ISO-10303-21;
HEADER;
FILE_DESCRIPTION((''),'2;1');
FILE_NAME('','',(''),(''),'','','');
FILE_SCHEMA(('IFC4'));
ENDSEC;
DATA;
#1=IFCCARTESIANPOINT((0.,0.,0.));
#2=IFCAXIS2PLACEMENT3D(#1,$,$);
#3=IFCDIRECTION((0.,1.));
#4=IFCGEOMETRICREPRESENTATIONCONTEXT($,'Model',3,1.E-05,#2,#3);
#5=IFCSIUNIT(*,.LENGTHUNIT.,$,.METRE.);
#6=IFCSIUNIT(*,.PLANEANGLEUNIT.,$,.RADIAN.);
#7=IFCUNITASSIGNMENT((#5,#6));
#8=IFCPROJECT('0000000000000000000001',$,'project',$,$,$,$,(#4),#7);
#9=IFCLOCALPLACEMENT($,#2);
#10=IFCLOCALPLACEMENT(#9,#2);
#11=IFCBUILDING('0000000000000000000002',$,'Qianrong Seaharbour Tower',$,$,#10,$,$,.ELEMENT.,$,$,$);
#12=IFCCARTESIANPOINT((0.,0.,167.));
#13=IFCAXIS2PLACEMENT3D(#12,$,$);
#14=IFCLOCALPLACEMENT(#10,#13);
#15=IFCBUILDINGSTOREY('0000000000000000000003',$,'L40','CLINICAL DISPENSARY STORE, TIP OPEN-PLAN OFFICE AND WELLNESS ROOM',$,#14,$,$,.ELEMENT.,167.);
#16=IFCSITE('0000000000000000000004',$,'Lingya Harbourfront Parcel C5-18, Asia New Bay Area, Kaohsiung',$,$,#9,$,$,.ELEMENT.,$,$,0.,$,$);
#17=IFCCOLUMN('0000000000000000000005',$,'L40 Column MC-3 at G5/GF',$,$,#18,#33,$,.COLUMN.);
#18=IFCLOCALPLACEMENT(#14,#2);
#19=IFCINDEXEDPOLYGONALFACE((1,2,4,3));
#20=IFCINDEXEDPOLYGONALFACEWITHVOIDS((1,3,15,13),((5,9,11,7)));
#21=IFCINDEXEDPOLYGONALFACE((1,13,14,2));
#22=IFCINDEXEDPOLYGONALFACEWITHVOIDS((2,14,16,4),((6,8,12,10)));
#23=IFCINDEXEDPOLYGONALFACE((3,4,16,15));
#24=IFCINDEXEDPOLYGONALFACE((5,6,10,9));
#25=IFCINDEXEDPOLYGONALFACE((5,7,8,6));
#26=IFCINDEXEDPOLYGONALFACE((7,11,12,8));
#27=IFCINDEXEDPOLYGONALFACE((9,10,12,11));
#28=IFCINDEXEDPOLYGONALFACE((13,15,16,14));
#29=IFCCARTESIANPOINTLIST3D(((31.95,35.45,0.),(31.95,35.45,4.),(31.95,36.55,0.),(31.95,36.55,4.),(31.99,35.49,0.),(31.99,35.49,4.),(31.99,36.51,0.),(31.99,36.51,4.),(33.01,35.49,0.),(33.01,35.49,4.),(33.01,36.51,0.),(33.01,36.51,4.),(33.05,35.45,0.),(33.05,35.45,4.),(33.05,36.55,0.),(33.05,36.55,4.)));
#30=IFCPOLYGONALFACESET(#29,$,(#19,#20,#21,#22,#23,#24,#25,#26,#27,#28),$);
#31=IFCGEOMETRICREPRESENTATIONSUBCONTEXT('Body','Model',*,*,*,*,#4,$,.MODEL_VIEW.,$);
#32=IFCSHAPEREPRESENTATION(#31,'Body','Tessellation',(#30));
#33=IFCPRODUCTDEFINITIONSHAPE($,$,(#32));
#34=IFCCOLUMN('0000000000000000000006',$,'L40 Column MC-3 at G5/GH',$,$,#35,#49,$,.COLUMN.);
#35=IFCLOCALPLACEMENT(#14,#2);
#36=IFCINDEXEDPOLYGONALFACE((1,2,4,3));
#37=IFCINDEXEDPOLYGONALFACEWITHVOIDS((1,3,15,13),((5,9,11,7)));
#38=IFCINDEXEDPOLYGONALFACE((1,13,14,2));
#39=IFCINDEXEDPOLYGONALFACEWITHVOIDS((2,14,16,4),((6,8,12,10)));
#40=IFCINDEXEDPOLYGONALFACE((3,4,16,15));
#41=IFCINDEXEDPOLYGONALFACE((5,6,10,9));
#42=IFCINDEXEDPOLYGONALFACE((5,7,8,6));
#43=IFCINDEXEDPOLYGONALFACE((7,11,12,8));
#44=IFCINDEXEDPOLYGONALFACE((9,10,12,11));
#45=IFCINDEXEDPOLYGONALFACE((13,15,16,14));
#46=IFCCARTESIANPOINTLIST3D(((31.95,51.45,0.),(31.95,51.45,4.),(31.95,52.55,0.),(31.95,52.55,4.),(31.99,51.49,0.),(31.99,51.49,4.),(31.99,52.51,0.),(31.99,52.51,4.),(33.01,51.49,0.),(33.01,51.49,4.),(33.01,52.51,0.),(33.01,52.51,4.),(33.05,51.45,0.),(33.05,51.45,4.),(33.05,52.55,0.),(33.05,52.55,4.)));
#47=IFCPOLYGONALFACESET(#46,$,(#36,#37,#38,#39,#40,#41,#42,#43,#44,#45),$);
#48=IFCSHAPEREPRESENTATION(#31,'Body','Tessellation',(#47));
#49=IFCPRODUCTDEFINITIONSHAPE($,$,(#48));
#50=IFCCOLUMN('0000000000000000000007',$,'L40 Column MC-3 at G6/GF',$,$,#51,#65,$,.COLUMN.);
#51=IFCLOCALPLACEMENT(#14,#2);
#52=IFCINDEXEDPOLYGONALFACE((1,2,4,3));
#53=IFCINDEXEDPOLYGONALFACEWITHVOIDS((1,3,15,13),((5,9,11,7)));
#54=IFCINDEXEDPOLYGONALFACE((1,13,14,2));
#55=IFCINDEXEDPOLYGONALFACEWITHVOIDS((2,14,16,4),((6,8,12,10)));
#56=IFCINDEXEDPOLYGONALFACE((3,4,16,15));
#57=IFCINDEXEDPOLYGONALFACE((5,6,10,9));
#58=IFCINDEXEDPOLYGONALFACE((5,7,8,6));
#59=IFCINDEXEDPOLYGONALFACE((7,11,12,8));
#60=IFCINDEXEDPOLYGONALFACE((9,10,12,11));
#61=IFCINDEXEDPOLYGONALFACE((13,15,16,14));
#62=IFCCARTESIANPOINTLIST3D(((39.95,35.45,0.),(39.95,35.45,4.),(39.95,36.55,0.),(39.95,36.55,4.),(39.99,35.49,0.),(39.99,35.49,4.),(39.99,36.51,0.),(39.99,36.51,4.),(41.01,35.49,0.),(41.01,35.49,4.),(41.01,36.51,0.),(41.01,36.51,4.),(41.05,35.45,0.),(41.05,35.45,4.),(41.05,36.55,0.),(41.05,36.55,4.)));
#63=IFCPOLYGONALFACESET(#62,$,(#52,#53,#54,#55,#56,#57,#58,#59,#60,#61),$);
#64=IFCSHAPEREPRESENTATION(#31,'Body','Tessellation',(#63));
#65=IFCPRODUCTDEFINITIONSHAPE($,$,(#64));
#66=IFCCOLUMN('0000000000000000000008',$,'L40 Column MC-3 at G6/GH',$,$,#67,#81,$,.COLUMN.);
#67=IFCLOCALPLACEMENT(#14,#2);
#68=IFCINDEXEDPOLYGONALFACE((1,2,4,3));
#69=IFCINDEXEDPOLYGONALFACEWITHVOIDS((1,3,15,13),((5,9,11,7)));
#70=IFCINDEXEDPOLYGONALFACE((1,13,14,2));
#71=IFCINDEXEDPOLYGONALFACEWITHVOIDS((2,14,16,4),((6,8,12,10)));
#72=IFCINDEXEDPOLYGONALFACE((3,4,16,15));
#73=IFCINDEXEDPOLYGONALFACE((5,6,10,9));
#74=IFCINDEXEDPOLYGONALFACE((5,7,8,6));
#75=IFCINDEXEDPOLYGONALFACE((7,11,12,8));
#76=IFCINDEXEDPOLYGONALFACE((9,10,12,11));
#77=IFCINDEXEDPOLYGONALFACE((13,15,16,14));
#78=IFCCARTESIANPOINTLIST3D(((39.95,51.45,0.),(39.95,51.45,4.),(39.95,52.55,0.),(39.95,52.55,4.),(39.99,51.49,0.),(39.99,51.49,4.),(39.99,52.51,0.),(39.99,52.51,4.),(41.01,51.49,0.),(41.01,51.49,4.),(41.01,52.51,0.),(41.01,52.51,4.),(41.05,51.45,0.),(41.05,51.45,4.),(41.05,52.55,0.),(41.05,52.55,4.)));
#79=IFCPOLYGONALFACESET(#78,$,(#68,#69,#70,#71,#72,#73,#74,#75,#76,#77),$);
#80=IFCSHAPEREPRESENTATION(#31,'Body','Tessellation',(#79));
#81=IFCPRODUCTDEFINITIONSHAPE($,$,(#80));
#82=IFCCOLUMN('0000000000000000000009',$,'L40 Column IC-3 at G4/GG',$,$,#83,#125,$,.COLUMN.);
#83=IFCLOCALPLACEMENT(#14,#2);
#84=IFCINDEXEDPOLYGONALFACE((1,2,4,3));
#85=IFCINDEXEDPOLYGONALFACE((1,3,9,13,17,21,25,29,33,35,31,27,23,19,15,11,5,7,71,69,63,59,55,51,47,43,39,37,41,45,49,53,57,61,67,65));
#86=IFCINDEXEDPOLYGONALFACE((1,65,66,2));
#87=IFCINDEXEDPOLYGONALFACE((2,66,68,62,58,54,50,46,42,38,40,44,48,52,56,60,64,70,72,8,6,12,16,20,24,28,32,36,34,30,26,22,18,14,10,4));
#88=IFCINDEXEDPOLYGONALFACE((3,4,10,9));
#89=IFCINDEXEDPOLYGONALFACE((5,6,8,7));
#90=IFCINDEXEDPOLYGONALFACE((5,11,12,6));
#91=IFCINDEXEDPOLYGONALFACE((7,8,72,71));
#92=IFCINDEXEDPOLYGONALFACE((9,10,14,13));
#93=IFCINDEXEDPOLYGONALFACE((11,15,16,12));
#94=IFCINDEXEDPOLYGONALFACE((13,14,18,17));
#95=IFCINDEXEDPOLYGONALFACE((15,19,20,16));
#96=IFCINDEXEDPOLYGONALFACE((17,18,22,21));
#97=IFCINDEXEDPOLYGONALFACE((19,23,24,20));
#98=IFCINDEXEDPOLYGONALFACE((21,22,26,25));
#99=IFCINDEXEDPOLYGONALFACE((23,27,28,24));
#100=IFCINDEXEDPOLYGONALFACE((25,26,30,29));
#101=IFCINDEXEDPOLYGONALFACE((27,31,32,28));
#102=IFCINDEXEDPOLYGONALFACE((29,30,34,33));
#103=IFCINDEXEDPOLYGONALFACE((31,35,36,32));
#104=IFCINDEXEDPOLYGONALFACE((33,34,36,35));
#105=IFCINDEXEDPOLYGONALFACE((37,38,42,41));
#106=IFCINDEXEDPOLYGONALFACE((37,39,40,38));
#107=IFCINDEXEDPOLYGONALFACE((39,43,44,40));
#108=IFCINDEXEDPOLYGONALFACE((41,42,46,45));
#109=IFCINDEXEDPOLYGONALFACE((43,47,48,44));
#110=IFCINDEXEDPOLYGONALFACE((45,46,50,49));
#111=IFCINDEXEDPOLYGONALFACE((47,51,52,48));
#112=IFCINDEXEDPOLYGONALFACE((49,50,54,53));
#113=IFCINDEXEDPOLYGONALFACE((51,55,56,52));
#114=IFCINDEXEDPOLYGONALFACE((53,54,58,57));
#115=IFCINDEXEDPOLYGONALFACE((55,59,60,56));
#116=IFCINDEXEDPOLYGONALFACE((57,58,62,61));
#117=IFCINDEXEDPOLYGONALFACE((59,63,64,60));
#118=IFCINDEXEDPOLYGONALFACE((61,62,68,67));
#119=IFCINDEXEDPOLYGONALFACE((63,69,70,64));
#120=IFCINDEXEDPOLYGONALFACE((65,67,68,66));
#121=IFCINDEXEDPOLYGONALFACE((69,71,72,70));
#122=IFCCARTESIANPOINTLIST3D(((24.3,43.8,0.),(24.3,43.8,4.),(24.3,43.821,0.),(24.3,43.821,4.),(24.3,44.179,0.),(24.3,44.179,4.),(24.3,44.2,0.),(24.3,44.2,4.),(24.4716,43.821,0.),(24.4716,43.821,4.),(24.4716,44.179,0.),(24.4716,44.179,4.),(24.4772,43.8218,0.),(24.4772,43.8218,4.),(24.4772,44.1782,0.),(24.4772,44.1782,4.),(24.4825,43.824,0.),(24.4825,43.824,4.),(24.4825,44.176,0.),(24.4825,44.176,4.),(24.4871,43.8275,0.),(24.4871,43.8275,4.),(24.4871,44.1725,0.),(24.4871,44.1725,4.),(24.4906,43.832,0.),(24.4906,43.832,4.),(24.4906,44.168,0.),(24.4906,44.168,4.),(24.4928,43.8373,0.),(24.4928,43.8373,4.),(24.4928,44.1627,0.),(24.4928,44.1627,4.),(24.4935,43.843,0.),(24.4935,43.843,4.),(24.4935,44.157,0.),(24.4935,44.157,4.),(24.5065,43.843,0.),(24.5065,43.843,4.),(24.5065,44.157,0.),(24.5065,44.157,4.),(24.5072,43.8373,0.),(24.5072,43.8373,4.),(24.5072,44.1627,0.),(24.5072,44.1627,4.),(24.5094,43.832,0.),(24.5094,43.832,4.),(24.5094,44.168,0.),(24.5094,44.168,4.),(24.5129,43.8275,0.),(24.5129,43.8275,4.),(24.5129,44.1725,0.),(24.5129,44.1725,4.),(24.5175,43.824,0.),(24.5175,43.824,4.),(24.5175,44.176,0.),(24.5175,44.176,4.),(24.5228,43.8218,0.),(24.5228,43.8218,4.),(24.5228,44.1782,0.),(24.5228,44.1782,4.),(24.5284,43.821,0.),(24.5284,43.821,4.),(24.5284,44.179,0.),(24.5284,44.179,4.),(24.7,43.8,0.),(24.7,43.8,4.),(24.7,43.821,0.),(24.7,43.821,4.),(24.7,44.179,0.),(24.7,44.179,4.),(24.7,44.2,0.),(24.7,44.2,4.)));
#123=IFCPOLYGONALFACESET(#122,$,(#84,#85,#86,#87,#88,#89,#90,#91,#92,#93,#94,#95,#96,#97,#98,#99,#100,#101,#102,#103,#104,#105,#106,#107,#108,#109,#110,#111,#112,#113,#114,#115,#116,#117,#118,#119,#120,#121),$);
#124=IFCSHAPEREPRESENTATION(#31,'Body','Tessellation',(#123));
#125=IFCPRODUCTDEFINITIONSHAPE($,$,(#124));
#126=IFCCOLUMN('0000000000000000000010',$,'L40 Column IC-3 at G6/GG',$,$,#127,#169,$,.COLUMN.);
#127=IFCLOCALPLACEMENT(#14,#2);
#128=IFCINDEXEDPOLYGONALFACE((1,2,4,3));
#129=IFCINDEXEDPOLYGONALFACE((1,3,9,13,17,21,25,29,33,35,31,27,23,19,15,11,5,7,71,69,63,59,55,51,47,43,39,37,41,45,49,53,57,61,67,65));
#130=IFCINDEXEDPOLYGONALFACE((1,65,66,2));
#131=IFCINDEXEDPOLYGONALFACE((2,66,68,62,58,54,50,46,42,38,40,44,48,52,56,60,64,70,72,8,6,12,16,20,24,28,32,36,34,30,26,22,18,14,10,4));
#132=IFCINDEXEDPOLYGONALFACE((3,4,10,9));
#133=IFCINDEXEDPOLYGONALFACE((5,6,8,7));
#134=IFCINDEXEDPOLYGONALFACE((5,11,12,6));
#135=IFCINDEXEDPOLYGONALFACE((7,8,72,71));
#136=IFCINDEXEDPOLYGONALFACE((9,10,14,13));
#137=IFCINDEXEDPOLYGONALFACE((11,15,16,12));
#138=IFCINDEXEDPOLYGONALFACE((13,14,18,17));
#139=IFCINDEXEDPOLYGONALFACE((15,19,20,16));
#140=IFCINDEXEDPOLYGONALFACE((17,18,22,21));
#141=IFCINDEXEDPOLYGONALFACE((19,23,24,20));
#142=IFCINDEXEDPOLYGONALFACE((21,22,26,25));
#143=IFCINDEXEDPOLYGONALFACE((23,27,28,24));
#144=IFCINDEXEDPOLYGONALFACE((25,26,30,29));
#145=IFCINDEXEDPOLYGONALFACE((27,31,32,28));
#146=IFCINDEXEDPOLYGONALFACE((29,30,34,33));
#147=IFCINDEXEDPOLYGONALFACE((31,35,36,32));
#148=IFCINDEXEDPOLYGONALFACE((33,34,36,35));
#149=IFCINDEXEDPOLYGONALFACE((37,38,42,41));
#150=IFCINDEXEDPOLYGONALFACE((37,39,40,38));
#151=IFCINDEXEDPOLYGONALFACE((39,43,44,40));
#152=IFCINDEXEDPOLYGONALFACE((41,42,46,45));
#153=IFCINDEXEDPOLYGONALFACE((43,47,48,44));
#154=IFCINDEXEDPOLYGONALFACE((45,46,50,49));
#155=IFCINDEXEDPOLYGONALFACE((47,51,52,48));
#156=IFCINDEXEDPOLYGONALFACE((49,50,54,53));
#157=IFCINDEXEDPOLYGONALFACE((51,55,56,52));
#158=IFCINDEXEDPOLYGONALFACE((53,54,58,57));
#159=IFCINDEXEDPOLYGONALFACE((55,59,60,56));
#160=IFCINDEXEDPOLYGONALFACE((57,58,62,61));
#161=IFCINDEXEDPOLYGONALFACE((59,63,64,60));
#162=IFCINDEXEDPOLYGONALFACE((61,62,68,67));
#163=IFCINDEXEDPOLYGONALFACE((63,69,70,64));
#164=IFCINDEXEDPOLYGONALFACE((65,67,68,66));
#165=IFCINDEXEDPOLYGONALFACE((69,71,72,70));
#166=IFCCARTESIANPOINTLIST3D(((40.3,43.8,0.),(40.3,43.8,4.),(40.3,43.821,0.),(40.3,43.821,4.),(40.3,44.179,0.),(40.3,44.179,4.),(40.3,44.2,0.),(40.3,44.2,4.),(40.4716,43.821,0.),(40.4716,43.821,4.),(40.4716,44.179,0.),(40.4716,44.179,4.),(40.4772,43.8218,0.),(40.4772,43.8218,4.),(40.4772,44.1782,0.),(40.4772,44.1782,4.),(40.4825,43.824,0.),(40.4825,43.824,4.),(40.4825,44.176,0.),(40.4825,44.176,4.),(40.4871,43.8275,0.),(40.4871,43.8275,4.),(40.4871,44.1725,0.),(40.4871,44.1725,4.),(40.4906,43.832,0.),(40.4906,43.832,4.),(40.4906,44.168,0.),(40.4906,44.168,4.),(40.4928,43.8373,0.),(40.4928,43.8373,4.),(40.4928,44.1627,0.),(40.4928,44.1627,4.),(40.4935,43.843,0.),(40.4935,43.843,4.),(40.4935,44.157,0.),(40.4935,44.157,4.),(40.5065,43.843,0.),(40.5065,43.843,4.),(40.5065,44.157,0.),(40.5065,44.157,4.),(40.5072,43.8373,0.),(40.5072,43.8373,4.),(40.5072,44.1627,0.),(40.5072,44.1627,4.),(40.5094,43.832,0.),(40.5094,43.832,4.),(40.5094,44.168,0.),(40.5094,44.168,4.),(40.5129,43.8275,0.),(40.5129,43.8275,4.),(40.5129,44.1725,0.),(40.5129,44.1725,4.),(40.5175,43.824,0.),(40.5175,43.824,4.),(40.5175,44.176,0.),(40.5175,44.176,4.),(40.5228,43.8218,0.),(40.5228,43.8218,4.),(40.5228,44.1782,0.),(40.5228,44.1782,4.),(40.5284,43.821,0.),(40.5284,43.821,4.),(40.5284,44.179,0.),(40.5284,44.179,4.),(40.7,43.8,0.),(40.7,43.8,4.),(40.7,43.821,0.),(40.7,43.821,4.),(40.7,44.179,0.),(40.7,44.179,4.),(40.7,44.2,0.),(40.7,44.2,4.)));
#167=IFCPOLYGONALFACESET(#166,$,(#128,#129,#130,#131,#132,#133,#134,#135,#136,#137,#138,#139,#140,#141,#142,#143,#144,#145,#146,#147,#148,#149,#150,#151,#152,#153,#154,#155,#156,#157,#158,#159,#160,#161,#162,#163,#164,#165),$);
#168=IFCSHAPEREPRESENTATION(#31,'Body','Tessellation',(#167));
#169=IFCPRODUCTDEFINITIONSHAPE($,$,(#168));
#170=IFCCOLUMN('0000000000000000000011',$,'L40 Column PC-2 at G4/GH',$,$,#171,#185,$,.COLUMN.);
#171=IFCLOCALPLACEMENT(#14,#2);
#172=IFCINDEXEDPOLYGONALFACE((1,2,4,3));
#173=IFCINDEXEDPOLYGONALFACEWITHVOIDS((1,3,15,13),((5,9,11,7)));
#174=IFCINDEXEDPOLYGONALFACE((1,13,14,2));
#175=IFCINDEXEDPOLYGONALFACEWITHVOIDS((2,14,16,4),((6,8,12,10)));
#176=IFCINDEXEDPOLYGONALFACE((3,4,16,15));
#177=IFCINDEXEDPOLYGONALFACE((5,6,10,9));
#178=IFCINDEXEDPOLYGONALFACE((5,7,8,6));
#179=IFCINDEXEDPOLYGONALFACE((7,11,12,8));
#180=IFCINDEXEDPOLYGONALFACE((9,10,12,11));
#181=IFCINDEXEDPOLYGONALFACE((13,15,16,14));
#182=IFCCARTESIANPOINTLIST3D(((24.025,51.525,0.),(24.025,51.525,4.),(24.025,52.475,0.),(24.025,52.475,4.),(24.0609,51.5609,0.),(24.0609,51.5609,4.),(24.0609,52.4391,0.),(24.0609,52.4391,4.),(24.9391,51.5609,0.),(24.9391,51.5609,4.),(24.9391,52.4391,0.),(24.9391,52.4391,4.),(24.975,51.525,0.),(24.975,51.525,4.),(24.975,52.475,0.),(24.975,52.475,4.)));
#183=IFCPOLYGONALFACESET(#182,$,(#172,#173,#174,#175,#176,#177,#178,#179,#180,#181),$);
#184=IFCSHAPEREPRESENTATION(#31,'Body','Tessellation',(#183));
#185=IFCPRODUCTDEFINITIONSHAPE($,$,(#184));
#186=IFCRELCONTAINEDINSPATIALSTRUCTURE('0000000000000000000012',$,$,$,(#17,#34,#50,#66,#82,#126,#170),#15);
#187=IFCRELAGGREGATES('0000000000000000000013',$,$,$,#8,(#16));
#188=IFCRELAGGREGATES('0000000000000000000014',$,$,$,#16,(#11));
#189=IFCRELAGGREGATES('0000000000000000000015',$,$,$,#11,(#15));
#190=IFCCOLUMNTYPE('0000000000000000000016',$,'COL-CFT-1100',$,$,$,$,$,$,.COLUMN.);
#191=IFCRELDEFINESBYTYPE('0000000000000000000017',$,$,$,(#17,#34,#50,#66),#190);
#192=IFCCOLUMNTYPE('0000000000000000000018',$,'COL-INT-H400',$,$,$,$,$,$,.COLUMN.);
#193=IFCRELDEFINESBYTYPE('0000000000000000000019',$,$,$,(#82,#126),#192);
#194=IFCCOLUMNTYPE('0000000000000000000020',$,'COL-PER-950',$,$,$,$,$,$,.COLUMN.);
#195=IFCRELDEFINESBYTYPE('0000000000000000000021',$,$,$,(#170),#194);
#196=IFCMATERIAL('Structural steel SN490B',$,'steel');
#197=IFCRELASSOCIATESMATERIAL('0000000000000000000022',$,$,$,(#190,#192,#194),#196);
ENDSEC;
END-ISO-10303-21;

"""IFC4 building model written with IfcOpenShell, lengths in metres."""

from ifc_helpers import new_model, si_unit, direction, frame, origin, origin_2d, place, context, subcontext, project, spatial, hollow_rectangle, i_section, extrude, material, material_profile, profile_set, type_object, element, save


model = new_model("IFC4")

# Units and contexts
model_context = context("Model", 3, precision=1e-05, world=origin(), true_north=direction((0.0, 1.0)))
body_context = subcontext(model_context, "Body", "Model", "MODEL_VIEW")
ifc_project = project(units=[si_unit("LENGTHUNIT", "METRE"), si_unit("PLANEANGLEUNIT", "RADIAN")], contexts=[model_context])

# Site, building, storey
site_placement = place(None, origin())
site = spatial("IfcSite", under=ifc_project, at=site_placement, Name="Lingya Harbourfront Parcel C5-18, Asia New Bay Area, Kaohsiung", CompositionType="ELEMENT", RefElevation=0.0)
building_placement = place(site_placement, origin())
building = spatial("IfcBuilding", under=site, at=building_placement, Name="Qianrong Seaharbour Tower", CompositionType="ELEMENT")
storey_placement = place(building_placement, frame((0.0, 0.0, 167.0)))
storey = spatial("IfcBuildingStorey", under=building, at=storey_placement, Name="L40", Description="CLINICAL DISPENSARY STORE, TIP OPEN-PLAN OFFICE AND WELLNESS ROOM", CompositionType="ELEMENT", Elevation=167.0)

# Columns
ifc_material_1 = material(Name="Structural steel SN490B", Category="steel")
ifc_material_profile_1 = material_profile(ifc_material_1, hollow_rectangle(XDim=1.1001, YDim=1.1001, WallThickness=0.04, at=origin_2d()), Name="BOX1100x1100x40")
ifc_profile_set_1 = profile_set([ifc_material_profile_1], Name="Structural steel SN490B")
column_type_1 = type_object("IfcColumnType", Name="COL-CFT-1100", PredefinedType="COLUMN", material=ifc_profile_set_1)
for number, where, z_axis, x_axis, name in (
    (1, (32.5, 36.0, 0.0), (0.0, 0.0, 1.0), (1.0, 0.0, 0.0), "L40 Column MC-3 at G5/GF"),
    (2, (32.5, 52.0, 0.0), (0.0, 0.0, 1.0), (1.0, 0.0, 0.0), "L40 Column MC-3 at G5/GH"),
    (3, (40.5, 36.0, 0.0), (0.0, 0.0, 1.0), (1.0, 0.0, 0.0), "L40 Column MC-3 at G6/GF"),
    (4, (40.5, 52.0, 0.0), (0.0, 0.0, 1.0), (1.0, 0.0, 0.0), "L40 Column MC-3 at G6/GH"),
):
    element("IfcColumn", number, at=place(storey_placement, frame(where, z_axis=z_axis, x_axis=x_axis)), inside=storey, type_object=column_type_1, Name=name, PredefinedType="COLUMN", context=body_context, shape_type="SweptSolid", body=[
        extrude(hollow_rectangle(XDim=1.1001, YDim=1.1001, WallThickness=0.04, at=origin_2d()), origin(), (0.0, 0.0, 1.0), 4.0),
    ])
ifc_material_profile_2 = material_profile(ifc_material_1, i_section(OverallWidth=0.3999, OverallDepth=0.3999, WebThickness=0.0129, FlangeThickness=0.021, FilletRadius=0.022, at=origin_2d()), Name="H400x400x13x21")
ifc_profile_set_2 = profile_set([ifc_material_profile_2], Name="Structural steel SN490B")
column_type_2 = type_object("IfcColumnType", Name="COL-INT-H400", PredefinedType="COLUMN", material=ifc_profile_set_2)
for number, where, z_axis, x_axis, name in (
    (5, (24.5, 44.0, 0.0), (0.0, 0.0, 1.0), (1.0, 0.0, 0.0), "L40 Column IC-3 at G4/GG"),
    (6, (40.5, 44.0, 0.0), (0.0, 0.0, 1.0), (1.0, 0.0, 0.0), "L40 Column IC-3 at G6/GG"),
):
    element("IfcColumn", number, at=place(storey_placement, frame(where, z_axis=z_axis, x_axis=x_axis)), inside=storey, type_object=column_type_2, Name=name, PredefinedType="COLUMN", context=body_context, shape_type="SweptSolid", body=[
        extrude(i_section(OverallWidth=0.3999, OverallDepth=0.3999, WebThickness=0.0129, FlangeThickness=0.021, FilletRadius=0.022, at=origin_2d()), origin(), (0.0, 0.0, 1.0), 4.0),
    ])
ifc_material_profile_3 = material_profile(ifc_material_1, hollow_rectangle(XDim=0.95, YDim=0.95, WallThickness=0.0359, at=origin_2d()), Name="BOX950x950x36")
ifc_profile_set_3 = profile_set([ifc_material_profile_3], Name="Structural steel SN490B")
column_type_3 = type_object("IfcColumnType", Name="COL-PER-950", PredefinedType="COLUMN", material=ifc_profile_set_3)
column_placement = place(storey_placement, frame((24.5, 52.0, 0.0), z_axis=(0.0, 0.0, 1.0), x_axis=(1.0, 0.0, 0.0)))
element("IfcColumn", 7, at=column_placement, inside=storey, type_object=column_type_3, Name="L40 Column PC-2 at G4/GH", PredefinedType="COLUMN", context=body_context, shape_type="SweptSolid", body=[
    extrude(hollow_rectangle(XDim=0.95, YDim=0.95, WallThickness=0.0359, at=origin_2d()), origin(), (0.0, 0.0, 1.0), 4.0),
])

save(model, "model.ifc")
